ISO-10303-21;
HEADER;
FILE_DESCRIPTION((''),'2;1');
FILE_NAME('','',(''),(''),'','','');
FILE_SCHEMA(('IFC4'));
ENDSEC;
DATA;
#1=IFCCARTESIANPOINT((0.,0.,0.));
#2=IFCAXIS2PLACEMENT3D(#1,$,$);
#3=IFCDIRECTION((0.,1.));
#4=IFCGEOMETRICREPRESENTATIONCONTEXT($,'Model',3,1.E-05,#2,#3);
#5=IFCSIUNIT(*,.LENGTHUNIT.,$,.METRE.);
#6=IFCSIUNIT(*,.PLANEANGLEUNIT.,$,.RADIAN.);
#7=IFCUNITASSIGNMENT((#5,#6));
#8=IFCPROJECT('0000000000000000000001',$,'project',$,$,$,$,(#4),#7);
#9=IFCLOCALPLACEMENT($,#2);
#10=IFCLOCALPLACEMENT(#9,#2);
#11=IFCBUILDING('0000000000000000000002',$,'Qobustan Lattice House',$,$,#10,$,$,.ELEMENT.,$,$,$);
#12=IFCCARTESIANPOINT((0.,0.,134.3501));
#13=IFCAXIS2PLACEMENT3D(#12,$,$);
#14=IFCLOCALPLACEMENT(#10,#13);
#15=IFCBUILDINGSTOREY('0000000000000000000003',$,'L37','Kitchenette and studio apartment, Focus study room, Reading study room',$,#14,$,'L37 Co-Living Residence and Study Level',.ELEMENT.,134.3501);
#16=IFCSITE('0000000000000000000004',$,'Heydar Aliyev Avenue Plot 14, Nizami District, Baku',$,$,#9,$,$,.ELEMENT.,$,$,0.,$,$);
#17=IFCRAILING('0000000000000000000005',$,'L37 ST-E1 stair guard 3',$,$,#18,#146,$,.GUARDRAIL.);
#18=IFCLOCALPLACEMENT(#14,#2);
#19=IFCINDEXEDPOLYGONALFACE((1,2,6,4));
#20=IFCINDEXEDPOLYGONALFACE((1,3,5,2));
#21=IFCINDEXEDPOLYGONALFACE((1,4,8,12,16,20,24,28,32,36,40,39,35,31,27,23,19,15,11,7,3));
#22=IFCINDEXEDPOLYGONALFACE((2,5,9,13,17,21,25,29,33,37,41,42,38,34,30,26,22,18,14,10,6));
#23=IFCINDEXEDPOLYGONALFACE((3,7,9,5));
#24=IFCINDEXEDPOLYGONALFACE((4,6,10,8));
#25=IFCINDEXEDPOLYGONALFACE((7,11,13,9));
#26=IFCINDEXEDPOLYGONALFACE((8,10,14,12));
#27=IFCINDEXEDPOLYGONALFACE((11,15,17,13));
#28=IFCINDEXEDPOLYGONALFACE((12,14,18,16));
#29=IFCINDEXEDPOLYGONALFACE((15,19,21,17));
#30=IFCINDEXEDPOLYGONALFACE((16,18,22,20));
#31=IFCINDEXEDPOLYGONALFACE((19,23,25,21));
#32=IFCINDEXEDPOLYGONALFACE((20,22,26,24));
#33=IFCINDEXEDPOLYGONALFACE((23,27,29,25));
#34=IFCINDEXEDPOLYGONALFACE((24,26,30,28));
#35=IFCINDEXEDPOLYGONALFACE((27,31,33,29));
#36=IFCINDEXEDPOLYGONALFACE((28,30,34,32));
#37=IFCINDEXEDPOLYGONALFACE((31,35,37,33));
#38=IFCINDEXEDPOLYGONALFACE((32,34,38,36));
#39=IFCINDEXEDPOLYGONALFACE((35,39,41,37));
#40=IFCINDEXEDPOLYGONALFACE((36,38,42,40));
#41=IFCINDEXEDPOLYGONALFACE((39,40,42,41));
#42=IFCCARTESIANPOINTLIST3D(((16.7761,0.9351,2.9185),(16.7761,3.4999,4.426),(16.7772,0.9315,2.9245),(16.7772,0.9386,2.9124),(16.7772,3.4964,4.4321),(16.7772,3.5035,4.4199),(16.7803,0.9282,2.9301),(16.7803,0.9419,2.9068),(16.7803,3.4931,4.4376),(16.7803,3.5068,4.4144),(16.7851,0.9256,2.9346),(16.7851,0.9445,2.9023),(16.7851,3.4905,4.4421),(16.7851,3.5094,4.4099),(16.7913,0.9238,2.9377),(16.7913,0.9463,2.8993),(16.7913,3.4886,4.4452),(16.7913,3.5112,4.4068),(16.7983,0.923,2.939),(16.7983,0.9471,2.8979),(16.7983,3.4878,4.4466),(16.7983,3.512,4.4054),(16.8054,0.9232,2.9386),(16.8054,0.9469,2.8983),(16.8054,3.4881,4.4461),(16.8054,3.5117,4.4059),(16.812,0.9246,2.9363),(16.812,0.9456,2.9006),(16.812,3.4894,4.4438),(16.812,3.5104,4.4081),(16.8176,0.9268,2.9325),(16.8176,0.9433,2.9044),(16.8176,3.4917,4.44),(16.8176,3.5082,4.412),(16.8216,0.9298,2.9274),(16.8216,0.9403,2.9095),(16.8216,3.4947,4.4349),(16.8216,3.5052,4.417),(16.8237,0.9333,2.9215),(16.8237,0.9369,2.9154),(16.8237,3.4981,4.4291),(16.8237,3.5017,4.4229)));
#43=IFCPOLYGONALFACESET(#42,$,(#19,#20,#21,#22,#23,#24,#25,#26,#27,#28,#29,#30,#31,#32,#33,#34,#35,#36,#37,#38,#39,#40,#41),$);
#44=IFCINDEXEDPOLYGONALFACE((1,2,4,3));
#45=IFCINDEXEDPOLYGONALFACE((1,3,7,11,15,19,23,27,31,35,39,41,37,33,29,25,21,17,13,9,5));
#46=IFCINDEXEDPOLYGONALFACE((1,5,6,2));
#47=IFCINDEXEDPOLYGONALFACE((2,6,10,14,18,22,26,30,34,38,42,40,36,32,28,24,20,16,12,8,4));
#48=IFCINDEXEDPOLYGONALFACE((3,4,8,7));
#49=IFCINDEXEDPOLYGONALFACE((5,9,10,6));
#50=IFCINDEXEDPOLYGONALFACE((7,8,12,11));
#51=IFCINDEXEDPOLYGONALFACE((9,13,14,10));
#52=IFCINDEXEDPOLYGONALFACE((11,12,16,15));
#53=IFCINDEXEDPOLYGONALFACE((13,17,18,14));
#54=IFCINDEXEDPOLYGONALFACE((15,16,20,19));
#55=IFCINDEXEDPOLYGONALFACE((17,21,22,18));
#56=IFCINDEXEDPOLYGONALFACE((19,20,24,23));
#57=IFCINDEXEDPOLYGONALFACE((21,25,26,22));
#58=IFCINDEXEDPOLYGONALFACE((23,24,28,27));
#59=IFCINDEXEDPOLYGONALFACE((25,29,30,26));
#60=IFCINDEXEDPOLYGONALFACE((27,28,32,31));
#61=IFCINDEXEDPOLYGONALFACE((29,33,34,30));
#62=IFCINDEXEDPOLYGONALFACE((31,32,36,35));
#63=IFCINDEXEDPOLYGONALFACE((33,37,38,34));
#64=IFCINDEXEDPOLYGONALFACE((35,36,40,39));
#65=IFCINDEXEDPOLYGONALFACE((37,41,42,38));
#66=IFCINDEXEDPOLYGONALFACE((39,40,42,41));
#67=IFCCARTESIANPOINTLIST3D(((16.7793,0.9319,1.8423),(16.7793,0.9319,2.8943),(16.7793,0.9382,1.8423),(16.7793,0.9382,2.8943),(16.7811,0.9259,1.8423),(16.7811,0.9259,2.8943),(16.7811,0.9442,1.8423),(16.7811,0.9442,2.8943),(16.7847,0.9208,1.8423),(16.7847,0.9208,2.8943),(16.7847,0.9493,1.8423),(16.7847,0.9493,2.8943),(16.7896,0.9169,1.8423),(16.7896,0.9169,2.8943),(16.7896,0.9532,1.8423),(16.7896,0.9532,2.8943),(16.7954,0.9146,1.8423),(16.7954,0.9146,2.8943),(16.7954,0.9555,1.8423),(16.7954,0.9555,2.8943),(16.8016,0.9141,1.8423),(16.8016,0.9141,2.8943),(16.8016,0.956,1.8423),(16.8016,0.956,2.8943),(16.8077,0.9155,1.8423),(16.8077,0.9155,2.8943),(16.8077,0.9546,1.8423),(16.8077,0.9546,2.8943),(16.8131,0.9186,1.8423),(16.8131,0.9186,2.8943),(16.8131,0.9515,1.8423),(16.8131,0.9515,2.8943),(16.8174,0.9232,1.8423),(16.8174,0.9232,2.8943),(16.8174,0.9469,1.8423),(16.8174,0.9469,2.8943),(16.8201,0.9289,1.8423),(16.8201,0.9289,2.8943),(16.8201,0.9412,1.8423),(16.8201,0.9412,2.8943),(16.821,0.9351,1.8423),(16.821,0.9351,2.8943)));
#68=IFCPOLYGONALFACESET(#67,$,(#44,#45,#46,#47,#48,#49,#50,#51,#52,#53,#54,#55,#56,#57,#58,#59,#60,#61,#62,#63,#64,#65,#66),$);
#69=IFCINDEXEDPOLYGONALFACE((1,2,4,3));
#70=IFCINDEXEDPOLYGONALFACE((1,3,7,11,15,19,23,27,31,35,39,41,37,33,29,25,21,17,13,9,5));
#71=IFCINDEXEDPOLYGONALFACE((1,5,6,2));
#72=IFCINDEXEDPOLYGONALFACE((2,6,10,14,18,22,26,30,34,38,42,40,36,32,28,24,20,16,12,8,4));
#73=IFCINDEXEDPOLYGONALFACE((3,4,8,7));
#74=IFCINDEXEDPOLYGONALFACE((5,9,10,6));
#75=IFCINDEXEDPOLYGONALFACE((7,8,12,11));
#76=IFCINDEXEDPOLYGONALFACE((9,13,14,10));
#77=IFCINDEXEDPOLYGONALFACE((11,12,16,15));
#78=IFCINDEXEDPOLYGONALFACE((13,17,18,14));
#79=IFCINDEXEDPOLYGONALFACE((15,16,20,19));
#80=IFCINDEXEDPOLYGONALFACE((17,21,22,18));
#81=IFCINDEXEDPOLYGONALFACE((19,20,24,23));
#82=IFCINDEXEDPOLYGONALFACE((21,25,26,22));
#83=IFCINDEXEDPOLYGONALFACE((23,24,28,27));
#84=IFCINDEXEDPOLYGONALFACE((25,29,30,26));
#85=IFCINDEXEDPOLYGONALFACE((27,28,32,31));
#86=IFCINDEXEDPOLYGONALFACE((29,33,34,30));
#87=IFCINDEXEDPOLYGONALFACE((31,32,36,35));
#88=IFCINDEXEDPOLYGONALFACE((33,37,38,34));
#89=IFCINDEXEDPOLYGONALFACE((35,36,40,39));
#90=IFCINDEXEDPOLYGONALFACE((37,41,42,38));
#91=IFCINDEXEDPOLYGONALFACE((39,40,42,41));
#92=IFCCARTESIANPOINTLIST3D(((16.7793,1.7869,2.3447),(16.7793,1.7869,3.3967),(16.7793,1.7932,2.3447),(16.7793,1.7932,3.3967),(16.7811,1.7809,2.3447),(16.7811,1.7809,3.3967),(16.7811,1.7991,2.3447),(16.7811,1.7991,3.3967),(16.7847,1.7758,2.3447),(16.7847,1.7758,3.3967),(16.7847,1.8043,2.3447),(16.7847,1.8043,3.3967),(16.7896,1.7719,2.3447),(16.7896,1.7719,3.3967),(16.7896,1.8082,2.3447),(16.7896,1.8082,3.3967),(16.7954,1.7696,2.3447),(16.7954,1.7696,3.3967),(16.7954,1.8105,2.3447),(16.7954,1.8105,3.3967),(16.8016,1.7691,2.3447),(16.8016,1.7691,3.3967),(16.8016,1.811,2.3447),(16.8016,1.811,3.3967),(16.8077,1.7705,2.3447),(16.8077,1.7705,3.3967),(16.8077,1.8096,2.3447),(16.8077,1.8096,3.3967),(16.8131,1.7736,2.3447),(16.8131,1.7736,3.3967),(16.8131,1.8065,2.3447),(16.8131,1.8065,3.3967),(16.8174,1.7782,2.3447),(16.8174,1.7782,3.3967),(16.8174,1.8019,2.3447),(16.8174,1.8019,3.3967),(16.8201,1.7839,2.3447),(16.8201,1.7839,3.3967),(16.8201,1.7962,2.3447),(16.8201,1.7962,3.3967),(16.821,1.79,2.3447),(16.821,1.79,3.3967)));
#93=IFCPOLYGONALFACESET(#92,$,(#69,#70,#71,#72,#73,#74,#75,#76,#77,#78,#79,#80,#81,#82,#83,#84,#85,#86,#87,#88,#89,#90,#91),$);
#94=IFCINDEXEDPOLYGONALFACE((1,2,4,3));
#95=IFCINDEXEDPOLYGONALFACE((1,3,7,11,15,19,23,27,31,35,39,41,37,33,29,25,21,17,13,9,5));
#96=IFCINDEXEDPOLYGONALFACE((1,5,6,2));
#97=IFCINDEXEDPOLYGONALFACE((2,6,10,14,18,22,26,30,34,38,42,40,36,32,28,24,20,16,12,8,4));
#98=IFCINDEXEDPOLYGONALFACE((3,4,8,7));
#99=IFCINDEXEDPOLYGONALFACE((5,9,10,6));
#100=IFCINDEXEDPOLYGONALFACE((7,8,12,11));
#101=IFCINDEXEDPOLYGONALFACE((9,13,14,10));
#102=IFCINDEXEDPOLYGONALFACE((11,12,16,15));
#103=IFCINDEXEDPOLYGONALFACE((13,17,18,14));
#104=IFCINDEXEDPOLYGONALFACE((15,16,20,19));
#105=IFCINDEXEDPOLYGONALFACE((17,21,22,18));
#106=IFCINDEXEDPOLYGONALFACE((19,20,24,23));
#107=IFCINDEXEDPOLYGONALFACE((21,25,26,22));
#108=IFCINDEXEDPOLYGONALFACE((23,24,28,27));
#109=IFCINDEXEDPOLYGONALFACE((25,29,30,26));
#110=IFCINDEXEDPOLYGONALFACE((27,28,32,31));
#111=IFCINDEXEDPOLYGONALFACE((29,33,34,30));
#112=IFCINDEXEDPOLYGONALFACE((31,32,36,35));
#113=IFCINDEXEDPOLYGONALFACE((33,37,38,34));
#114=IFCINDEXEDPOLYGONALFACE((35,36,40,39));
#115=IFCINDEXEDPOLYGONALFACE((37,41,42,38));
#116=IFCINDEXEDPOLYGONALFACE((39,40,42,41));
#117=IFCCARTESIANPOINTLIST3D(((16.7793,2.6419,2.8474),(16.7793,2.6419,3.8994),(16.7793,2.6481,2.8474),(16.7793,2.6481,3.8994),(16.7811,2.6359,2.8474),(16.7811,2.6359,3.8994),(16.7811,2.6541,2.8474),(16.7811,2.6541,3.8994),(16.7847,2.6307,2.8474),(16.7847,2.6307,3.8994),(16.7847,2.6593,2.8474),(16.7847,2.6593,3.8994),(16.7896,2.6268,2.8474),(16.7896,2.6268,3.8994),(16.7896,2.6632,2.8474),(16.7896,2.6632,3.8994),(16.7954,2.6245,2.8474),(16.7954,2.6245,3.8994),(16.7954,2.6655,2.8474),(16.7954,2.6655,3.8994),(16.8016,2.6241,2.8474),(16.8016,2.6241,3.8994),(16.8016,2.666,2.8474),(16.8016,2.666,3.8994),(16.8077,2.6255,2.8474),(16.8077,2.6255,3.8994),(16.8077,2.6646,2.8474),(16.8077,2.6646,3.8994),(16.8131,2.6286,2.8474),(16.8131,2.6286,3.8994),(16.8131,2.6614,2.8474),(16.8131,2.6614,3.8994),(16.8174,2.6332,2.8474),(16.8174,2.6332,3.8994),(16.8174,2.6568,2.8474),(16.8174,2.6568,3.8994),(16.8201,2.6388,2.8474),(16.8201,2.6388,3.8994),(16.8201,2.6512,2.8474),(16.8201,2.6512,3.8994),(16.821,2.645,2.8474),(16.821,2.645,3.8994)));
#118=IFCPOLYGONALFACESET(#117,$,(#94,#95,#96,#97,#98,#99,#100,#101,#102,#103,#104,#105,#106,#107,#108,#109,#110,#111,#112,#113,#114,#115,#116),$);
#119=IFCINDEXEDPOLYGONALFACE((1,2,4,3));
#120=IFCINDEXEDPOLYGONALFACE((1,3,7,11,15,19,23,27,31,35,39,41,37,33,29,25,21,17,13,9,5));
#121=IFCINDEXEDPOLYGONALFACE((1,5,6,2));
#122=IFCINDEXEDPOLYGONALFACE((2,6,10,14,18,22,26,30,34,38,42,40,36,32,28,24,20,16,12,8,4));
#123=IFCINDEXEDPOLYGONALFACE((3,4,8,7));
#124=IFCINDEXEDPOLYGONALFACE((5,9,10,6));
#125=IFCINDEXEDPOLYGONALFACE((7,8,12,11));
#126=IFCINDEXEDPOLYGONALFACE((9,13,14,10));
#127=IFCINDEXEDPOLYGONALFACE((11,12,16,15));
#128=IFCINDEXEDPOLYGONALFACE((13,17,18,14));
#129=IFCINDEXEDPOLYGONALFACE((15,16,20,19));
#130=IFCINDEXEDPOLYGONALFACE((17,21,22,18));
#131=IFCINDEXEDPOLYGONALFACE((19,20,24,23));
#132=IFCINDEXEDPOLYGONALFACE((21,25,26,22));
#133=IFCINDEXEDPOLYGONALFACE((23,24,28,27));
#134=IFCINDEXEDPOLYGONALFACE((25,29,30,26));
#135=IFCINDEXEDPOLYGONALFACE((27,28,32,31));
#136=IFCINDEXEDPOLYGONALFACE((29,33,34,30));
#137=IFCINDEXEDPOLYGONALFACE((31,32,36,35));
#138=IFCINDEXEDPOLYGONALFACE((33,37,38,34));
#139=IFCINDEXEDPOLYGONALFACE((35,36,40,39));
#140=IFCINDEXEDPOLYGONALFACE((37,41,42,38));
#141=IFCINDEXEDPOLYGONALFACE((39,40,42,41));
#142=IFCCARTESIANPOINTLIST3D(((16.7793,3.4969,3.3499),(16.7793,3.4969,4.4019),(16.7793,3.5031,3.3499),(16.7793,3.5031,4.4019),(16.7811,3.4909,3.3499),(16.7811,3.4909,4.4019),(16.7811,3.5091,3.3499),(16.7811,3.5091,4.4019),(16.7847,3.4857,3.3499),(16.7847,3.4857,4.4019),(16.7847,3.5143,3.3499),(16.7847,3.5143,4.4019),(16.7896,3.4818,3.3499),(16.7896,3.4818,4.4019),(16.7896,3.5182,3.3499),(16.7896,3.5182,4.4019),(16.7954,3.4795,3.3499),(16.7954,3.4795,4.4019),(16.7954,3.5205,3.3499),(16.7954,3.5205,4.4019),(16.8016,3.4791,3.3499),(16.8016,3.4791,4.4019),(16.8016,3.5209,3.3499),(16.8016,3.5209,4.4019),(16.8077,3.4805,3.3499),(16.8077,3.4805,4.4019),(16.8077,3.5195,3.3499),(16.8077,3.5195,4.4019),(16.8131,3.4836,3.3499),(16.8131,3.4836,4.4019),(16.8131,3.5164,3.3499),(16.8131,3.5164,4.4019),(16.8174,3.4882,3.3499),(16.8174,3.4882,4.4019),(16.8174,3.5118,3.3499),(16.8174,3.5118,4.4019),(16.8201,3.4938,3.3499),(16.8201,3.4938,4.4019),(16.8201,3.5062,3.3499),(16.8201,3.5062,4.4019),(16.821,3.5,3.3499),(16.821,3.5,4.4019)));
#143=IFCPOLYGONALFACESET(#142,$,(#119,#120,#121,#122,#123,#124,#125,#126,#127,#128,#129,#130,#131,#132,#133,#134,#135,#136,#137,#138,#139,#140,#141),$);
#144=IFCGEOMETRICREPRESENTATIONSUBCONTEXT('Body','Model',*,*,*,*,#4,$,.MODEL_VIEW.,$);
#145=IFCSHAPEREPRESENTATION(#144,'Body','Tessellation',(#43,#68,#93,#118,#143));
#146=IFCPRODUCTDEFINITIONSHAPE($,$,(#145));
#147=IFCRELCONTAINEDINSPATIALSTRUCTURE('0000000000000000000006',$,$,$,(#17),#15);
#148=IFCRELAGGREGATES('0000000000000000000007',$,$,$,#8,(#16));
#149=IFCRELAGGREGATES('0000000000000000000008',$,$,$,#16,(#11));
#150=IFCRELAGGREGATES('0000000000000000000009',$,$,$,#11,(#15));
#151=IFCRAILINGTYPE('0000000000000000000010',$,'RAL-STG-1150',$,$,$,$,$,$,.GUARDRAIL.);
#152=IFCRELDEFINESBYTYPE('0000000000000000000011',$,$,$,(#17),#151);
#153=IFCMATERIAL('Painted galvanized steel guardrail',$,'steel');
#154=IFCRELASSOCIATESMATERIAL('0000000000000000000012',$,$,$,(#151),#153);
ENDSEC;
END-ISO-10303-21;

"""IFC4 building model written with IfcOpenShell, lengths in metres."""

from ifc_helpers import new_model, si_unit, direction, frame, origin, origin_2d, place, context, subcontext, project, spatial, circle, extrude, material, type_object, element, save


model = new_model("IFC4")

# Units and contexts
model_context = context("Model", 3, precision=1e-05, world=origin(), true_north=direction((0.0, 1.0)))
body_context = subcontext(model_context, "Body", "Model", "MODEL_VIEW")
ifc_project = project(units=[si_unit("LENGTHUNIT", "METRE"), si_unit("PLANEANGLEUNIT", "RADIAN")], contexts=[model_context])

# Site, building, storey
site_placement = place(None, origin())
site = spatial("IfcSite", under=ifc_project, at=site_placement, Name="Heydar Aliyev Avenue Plot 14, Nizami District, Baku", CompositionType="ELEMENT", RefElevation=0.0)
building_placement = place(site_placement, origin())
building = spatial("IfcBuilding", under=site, at=building_placement, Name="Qobustan Lattice House", CompositionType="ELEMENT")
storey_placement = place(building_placement, frame((0.0, 0.0, 134.3501)))
storey = spatial("IfcBuildingStorey", under=building, at=storey_placement, Name="L37", Description="Kitchenette and studio apartment, Focus study room, Reading study room", LongName="L37 Co-Living Residence and Study Level", CompositionType="ELEMENT", Elevation=134.3501)

# Railing
ifc_material_1 = material(Name="Painted galvanized steel guardrail", Category="steel")
railing_type = type_object("IfcRailingType", Name="RAL-STG-1150", PredefinedType="GUARDRAIL", material=ifc_material_1)
railing_1_placement = place(storey_placement, frame((16.8, 0.9351, 1.8423)))
element("IfcRailing", 1, at=railing_1_placement, inside=storey, type_object=railing_type, Name="L37 ST-E1 stair guard 3", PredefinedType="GUARDRAIL", context=body_context, shape_type="SweptSolid", body=[
    extrude(circle(Radius=0.0239, at=origin_2d()), frame((0.0, 0.0, 1.0762), z_axis=(0.0, 0.862113, 0.506715), x_axis=(-1.0, 0.0, 0.0)), (0.0, 0.0, 1.0), 2.9751),
    extrude(circle(Radius=0.021, at=origin_2d()), origin(), (0.0, 0.0, 1.0), 1.052),
    extrude(circle(Radius=0.021, at=origin_2d()), frame((0.0, 0.855, 0.5024)), (0.0, 0.0, 1.0), 1.052),
    extrude(circle(Radius=0.021, at=origin_2d()), frame((0.0, 1.71, 1.0051)), (0.0, 0.0, 1.0), 1.052),
    extrude(circle(Radius=0.021, at=origin_2d()), frame((0.0, 2.5649, 1.5076)), (0.0, 0.0, 1.0), 1.052),
])

save(model, "model.ifc")
